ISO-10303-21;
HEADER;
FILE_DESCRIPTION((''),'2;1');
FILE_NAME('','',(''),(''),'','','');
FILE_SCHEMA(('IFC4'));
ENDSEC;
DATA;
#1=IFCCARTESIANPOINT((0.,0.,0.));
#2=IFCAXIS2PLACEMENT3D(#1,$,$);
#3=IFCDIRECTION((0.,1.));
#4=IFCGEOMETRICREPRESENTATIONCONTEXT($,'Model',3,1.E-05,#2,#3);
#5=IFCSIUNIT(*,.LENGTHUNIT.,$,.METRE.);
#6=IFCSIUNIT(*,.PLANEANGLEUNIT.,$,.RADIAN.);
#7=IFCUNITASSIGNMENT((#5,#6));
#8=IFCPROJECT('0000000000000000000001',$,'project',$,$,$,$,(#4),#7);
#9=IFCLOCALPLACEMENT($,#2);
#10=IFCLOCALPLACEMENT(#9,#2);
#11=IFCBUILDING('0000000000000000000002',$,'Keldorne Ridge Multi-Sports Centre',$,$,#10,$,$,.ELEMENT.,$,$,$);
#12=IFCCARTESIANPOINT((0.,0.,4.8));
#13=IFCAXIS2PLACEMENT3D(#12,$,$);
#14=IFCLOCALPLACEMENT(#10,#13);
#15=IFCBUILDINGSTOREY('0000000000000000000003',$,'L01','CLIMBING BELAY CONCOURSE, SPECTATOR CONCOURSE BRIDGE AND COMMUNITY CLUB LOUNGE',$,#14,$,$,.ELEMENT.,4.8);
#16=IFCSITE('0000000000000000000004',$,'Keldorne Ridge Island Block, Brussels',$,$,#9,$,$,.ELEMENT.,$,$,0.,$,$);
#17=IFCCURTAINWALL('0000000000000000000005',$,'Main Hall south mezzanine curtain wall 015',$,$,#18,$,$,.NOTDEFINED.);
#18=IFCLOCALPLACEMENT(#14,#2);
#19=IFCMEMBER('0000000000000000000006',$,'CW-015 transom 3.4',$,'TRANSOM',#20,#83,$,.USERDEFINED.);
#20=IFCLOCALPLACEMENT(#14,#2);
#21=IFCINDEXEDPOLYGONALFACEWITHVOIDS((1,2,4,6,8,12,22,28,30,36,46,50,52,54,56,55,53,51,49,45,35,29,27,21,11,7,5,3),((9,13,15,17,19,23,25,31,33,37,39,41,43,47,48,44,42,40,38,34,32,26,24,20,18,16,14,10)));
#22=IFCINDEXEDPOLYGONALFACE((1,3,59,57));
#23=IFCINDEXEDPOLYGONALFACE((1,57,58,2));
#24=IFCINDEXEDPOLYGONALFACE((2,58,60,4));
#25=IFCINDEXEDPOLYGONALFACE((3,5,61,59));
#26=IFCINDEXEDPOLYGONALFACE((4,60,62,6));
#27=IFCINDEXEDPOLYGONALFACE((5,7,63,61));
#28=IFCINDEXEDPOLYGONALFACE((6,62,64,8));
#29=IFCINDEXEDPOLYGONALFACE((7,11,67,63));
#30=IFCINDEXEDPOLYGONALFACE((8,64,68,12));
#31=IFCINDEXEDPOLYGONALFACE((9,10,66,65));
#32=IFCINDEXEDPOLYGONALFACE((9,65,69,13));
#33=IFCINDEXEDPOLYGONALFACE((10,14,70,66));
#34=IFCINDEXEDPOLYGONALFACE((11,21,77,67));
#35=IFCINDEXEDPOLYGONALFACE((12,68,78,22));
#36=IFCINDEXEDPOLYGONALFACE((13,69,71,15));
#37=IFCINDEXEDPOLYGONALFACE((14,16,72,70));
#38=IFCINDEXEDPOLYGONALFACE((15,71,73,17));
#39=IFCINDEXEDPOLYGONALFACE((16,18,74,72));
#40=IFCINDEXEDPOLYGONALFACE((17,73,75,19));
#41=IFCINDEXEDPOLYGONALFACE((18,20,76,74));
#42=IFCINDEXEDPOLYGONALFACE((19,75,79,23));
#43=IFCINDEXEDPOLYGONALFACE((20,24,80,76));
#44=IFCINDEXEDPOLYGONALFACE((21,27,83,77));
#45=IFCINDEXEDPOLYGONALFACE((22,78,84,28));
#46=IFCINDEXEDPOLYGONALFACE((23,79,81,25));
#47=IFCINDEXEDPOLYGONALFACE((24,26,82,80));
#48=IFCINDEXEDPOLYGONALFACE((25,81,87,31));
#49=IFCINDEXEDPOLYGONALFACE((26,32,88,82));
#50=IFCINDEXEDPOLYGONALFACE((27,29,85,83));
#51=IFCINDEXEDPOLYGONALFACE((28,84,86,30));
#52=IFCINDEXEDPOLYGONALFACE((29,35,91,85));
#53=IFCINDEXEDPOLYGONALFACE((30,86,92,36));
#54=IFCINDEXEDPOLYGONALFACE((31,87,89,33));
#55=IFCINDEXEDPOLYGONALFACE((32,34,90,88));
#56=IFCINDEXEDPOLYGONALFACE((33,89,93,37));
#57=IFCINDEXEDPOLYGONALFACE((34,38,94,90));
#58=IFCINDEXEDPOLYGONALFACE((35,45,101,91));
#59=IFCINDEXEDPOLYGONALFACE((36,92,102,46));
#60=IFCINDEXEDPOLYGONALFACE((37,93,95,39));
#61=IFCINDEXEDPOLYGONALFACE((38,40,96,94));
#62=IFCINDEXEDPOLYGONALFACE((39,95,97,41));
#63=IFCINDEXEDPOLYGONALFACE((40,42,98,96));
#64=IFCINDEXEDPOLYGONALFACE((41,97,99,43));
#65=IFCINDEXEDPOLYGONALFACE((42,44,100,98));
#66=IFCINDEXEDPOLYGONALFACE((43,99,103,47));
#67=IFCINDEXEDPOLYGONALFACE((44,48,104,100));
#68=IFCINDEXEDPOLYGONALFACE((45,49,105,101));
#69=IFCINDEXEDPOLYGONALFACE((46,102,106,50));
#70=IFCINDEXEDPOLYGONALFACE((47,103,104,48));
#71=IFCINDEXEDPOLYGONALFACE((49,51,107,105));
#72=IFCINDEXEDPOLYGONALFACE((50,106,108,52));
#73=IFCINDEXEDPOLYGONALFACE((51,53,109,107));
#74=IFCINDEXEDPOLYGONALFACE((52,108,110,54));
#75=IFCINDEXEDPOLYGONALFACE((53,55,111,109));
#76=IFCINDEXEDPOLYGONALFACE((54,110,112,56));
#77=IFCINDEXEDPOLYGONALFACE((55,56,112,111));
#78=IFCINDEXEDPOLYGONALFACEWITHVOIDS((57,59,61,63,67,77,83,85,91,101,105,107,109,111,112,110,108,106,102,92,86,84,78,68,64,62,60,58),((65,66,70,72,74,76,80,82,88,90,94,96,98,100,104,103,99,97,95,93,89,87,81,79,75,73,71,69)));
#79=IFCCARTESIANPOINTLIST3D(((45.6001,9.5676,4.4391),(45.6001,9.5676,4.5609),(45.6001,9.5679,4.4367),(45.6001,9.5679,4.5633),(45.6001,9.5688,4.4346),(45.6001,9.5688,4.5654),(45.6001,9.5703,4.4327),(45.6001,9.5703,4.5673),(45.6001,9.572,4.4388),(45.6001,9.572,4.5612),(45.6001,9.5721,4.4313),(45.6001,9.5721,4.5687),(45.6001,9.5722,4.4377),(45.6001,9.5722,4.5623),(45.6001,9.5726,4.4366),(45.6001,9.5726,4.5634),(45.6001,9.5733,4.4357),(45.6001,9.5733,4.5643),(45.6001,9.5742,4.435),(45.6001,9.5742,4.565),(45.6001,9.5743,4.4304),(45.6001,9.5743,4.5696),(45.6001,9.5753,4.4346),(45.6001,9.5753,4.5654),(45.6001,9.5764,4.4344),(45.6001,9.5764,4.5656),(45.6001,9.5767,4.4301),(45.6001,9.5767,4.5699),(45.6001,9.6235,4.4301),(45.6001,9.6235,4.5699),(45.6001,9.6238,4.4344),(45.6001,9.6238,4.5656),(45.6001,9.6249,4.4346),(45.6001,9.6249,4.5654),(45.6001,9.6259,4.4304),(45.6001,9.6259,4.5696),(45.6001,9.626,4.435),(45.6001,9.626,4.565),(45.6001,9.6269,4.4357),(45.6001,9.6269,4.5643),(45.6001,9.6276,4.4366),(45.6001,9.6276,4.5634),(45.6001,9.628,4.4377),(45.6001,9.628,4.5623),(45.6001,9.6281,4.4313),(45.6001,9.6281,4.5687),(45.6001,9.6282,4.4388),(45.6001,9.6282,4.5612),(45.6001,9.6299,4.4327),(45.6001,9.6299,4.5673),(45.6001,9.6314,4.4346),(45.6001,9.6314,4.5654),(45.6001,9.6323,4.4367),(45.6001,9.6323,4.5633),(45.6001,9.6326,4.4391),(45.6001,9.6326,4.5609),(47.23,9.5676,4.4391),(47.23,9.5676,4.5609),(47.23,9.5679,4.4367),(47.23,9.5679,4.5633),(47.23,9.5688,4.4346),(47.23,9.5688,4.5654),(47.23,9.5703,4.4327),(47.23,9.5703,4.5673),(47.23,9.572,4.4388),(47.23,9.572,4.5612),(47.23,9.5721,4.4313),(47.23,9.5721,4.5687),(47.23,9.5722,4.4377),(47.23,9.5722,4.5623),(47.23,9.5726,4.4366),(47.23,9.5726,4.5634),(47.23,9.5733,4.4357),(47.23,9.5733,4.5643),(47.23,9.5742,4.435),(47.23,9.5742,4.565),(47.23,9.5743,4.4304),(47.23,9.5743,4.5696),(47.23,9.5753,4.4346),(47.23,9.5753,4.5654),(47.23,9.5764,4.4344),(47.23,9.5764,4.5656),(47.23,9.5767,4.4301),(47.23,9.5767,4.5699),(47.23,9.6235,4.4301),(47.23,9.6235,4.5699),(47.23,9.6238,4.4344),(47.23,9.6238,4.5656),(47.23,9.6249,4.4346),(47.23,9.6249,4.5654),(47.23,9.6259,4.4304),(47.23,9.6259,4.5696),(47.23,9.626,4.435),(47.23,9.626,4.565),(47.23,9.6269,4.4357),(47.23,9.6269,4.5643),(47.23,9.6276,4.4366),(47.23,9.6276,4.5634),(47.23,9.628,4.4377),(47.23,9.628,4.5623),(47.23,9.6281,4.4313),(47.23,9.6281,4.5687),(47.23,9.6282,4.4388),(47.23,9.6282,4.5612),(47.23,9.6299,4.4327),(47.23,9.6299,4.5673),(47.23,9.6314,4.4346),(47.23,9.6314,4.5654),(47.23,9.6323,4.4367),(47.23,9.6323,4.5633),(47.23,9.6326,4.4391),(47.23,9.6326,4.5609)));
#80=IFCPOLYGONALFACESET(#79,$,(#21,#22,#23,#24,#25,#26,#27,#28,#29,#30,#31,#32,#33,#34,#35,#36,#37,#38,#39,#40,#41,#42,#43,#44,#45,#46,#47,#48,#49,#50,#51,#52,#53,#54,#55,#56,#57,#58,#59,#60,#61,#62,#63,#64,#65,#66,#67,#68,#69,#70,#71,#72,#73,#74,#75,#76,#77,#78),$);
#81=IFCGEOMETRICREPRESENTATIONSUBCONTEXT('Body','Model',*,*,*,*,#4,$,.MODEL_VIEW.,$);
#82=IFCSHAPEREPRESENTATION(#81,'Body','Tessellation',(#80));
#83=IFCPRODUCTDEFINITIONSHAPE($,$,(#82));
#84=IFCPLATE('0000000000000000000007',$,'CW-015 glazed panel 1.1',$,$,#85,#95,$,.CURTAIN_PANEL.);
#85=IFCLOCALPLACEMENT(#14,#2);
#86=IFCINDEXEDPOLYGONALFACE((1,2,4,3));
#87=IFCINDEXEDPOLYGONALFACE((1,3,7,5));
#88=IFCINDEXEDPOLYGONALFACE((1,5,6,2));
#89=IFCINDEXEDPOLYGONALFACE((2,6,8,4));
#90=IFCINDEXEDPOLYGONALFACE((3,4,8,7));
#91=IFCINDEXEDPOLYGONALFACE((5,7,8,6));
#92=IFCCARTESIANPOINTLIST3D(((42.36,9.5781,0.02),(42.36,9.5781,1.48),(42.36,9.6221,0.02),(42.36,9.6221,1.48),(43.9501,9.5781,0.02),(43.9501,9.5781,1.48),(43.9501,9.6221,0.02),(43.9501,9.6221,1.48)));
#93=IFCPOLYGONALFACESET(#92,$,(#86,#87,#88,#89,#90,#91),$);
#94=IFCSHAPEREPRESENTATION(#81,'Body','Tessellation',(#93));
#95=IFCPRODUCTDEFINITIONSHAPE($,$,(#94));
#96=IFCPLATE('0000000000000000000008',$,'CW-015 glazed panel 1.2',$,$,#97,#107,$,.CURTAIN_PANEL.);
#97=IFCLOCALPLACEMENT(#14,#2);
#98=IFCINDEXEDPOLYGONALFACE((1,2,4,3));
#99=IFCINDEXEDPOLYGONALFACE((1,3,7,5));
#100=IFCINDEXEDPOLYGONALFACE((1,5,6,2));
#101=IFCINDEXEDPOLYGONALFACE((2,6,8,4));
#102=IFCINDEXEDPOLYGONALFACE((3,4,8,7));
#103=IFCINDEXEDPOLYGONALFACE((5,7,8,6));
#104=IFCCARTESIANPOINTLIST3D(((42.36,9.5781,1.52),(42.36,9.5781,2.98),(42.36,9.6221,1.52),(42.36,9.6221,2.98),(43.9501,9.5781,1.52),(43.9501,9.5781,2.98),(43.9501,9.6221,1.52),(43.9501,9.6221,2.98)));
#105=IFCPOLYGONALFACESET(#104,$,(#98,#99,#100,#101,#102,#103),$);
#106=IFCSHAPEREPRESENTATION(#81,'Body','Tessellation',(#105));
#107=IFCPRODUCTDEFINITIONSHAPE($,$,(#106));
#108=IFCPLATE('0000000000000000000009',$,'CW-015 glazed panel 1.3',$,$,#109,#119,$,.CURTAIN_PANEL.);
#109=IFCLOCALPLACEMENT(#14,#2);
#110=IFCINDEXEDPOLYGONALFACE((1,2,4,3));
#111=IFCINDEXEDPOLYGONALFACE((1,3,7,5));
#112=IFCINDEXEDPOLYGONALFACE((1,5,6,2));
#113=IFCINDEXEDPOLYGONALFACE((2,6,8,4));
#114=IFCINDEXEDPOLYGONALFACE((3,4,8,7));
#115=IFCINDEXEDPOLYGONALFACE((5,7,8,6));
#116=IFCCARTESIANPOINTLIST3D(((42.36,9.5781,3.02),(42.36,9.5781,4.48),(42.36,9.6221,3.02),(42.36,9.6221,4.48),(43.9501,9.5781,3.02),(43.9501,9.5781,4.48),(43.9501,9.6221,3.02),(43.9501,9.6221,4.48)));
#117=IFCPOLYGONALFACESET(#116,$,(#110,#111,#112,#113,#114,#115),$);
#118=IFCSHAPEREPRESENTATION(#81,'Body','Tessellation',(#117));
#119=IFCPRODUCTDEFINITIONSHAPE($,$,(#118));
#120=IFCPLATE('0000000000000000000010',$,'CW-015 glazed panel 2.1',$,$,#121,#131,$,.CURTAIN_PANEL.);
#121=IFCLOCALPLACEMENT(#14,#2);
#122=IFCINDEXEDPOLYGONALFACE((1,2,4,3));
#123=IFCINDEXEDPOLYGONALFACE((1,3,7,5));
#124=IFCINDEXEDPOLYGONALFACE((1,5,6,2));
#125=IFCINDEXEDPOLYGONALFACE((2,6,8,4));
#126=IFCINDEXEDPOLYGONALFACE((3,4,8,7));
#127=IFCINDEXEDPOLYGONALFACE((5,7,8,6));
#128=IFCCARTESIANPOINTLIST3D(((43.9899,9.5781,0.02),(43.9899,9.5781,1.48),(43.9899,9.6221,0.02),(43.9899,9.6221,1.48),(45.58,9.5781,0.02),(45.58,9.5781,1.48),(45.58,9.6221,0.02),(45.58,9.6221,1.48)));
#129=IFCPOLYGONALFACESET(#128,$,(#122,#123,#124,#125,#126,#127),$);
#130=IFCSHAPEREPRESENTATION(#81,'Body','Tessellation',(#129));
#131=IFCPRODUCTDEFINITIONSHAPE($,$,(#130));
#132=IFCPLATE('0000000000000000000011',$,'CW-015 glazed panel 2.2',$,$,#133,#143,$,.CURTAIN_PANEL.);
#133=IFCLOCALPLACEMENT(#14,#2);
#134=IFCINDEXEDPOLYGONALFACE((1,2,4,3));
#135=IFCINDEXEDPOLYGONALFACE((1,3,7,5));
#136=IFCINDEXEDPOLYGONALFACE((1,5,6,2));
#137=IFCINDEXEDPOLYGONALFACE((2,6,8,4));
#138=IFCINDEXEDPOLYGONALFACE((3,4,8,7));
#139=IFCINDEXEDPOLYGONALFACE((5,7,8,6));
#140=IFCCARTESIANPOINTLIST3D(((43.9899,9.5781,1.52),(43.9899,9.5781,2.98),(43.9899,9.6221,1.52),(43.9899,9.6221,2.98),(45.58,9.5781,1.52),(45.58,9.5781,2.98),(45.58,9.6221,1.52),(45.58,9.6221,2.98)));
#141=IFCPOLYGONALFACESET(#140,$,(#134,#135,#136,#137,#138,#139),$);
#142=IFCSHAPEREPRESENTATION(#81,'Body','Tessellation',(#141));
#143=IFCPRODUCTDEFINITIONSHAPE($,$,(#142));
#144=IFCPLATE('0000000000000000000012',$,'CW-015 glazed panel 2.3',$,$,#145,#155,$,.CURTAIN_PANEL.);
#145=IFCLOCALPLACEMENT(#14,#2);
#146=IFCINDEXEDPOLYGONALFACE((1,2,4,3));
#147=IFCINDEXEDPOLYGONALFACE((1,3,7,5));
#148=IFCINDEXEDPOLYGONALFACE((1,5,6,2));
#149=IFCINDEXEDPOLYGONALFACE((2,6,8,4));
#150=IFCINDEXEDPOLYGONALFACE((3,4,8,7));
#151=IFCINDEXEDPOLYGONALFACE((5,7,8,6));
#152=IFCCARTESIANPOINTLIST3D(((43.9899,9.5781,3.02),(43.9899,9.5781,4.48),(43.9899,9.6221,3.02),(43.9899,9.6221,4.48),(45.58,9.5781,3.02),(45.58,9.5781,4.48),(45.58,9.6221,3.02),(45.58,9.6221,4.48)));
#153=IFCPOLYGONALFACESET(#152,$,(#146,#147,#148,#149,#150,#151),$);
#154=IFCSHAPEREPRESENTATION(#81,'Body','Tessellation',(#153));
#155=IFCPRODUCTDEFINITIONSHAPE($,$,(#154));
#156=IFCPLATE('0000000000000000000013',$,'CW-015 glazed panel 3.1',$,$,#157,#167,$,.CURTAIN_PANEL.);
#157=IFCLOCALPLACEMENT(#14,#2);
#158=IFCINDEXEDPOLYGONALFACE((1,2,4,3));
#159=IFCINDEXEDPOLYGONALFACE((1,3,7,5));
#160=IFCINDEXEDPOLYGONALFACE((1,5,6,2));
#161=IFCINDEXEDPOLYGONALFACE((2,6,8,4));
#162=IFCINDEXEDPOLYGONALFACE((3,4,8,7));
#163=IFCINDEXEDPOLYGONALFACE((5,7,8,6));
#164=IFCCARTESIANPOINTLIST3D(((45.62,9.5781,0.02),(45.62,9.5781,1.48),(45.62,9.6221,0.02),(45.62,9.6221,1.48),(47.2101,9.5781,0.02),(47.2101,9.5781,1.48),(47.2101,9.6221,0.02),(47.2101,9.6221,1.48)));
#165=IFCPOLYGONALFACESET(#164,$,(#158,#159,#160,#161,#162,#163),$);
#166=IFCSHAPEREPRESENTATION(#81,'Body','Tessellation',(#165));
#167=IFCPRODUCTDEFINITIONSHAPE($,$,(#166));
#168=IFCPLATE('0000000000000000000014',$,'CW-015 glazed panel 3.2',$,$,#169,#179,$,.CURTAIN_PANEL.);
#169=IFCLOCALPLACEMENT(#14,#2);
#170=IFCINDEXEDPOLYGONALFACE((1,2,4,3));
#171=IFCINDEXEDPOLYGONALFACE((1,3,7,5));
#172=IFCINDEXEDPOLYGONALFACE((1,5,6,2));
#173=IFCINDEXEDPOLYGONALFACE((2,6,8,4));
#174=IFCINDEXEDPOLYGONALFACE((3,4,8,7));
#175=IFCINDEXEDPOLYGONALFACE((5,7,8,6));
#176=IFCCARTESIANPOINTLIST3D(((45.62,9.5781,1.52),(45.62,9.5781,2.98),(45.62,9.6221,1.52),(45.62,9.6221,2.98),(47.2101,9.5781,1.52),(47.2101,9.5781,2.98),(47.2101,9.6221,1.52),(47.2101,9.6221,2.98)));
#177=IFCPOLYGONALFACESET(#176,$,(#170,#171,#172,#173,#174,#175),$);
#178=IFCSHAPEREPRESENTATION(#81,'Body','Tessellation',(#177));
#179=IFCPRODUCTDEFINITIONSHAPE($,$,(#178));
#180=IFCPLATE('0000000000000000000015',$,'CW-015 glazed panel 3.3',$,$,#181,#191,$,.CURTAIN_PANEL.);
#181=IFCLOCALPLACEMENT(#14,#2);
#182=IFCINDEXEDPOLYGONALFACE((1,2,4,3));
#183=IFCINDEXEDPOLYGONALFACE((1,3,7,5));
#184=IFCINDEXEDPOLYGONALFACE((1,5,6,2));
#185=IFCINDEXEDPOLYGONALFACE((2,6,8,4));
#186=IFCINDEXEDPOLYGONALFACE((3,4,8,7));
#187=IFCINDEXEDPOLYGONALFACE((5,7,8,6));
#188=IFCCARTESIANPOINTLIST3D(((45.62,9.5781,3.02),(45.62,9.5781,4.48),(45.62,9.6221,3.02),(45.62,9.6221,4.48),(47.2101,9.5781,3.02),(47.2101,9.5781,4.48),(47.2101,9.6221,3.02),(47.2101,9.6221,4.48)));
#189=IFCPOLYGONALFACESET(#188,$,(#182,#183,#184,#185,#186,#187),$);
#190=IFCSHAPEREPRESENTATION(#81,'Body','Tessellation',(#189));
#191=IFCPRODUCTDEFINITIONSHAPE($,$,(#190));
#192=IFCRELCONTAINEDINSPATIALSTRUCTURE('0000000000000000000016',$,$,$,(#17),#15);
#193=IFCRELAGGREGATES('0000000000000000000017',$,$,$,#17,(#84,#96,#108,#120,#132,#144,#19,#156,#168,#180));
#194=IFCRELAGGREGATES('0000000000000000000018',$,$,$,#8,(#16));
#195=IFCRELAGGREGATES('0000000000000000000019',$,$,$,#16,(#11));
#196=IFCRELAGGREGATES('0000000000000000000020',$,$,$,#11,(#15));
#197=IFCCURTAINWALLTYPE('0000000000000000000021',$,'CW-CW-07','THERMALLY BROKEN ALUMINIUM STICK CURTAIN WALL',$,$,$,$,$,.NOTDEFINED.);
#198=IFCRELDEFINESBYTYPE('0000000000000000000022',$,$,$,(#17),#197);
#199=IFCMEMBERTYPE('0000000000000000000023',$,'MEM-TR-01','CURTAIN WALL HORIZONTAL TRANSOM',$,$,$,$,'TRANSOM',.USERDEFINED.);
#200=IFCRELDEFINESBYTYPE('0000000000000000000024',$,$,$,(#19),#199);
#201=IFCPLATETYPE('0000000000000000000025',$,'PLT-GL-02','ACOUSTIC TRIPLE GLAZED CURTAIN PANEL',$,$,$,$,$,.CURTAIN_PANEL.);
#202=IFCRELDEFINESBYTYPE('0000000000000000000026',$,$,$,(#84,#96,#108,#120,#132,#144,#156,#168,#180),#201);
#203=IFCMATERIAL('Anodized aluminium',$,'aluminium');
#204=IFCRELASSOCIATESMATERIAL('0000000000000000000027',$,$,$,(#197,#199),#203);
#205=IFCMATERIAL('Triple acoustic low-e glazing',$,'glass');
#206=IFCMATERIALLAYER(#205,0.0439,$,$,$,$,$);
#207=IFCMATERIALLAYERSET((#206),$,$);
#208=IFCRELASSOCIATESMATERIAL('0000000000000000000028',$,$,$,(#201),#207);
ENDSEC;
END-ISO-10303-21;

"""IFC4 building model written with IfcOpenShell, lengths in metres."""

from ifc_helpers import new_model, si_unit, direction, frame, origin, origin_2d, place, context, subcontext, project, spatial, rectangle, hollow_rectangle, extrude, material, layer, layer_set, material_profile, profile_set, type_object, element, aggregate, save


model = new_model("IFC4")

# Units and contexts
model_context = context("Model", 3, precision=1e-05, world=origin(), true_north=direction((0.0, 1.0)))
body_context = subcontext(model_context, "Body", "Model", "MODEL_VIEW")
ifc_project = project(units=[si_unit("LENGTHUNIT", "METRE"), si_unit("PLANEANGLEUNIT", "RADIAN")], contexts=[model_context])

# Site, building, storey
site_placement = place(None, origin())
site = spatial("IfcSite", under=ifc_project, at=site_placement, Name="Keldorne Ridge Island Block, Brussels", CompositionType="ELEMENT", RefElevation=0.0)
building_placement = place(site_placement, origin())
building = spatial("IfcBuilding", under=site, at=building_placement, Name="Keldorne Ridge Multi-Sports Centre", CompositionType="ELEMENT")
storey_placement = place(building_placement, frame((0.0, 0.0, 4.8)))
storey = spatial("IfcBuildingStorey", under=building, at=storey_placement, Name="L01", Description="CLIMBING BELAY CONCOURSE, SPECTATOR CONCOURSE BRIDGE AND COMMUNITY CLUB LOUNGE", CompositionType="ELEMENT", Elevation=4.8)

# Curtain wall, member, plates
ifc_material_1 = material(Name="Anodized aluminium", Category="aluminium")
curtain_wall_type = type_object("IfcCurtainWallType", Name="CW-CW-07", Description="THERMALLY BROKEN ALUMINIUM STICK CURTAIN WALL", PredefinedType="NOTDEFINED", material=ifc_material_1)
curtain_wall_placement = place(storey_placement, origin())
curtain_wall = element("IfcCurtainWall", 1, at=curtain_wall_placement, inside=storey, type_object=curtain_wall_type, Name="Main Hall south mezzanine curtain wall 015", PredefinedType="NOTDEFINED")
ifc_material_profile_1 = material_profile(ifc_material_1, hollow_rectangle(XDim=0.0649, YDim=0.1399, WallThickness=0.0044, InnerFilletRadius=0.0044, OuterFilletRadius=0.009, at=origin_2d()), Name="ALU TRANSOM 140x65x4.5")
ifc_profile_set_1 = profile_set([ifc_material_profile_1], Name="Anodized aluminium")
member_type_1 = type_object("IfcMemberType", Name="MEM-TR-01", Description="CURTAIN WALL HORIZONTAL TRANSOM", ElementType="TRANSOM", PredefinedType="USERDEFINED", material=ifc_profile_set_1)
member_1_placement = place(storey_placement, frame((45.6001, 9.6001, 4.5), z_axis=(1.0, 0.0, 0.0), x_axis=(0.0, 1.0, 0.0)))
member_1 = element("IfcMember", 2, at=member_1_placement, type_object=member_type_1, Name="CW-015 transom 3.4", ObjectType="TRANSOM", PredefinedType="USERDEFINED", context=body_context, shape_type="SweptSolid", body=[
    extrude(hollow_rectangle(XDim=0.0649, YDim=0.1399, WallThickness=0.0044, InnerFilletRadius=0.0044, OuterFilletRadius=0.009, at=origin_2d()), origin(), (0.0, 0.0, 1.0), 1.6299),
])
ifc_material_2 = material(Name="Triple acoustic low-e glazing", Category="glass")
ifc_layer_1 = layer(ifc_material_2, 0.0439)
ifc_layer_set_1 = layer_set([ifc_layer_1])
plate_type_1 = type_object("IfcPlateType", Name="PLT-GL-02", Description="ACOUSTIC TRIPLE GLAZED CURTAIN PANEL", PredefinedType="CURTAIN_PANEL", material=ifc_layer_set_1)
plate_1_placement = place(storey_placement, frame((43.155, 9.6001, 0.02), z_axis=(0.0, 0.0, 1.0), x_axis=(1.0, 0.0, 0.0)))
plate_1 = element("IfcPlate", 3, at=plate_1_placement, type_object=plate_type_1, Name="CW-015 glazed panel 1.1", PredefinedType="CURTAIN_PANEL", context=body_context, shape_type="SweptSolid", body=[
    extrude(rectangle(XDim=1.5901, YDim=0.0439, at=origin_2d()), origin(), (0.0, 0.0, 1.0), 1.46),
])
plate_2_placement = place(storey_placement, frame((43.155, 9.6001, 1.52), z_axis=(0.0, 0.0, 1.0), x_axis=(1.0, 0.0, 0.0)))
plate_2 = element("IfcPlate", 4, at=plate_2_placement, type_object=plate_type_1, Name="CW-015 glazed panel 1.2", PredefinedType="CURTAIN_PANEL", context=body_context, shape_type="SweptSolid", body=[
    extrude(rectangle(XDim=1.5901, YDim=0.0439, at=origin_2d()), origin(), (0.0, 0.0, 1.0), 1.46),
])
plate_3_placement = place(storey_placement, frame((43.155, 9.6001, 3.02), z_axis=(0.0, 0.0, 1.0), x_axis=(1.0, 0.0, 0.0)))
plate_3 = element("IfcPlate", 5, at=plate_3_placement, type_object=plate_type_1, Name="CW-015 glazed panel 1.3", PredefinedType="CURTAIN_PANEL", context=body_context, shape_type="SweptSolid", body=[
    extrude(rectangle(XDim=1.5901, YDim=0.0439, at=origin_2d()), origin(), (0.0, 0.0, 1.0), 1.46),
])
plate_4_placement = place(storey_placement, frame((44.7849, 9.6001, 0.02), z_axis=(0.0, 0.0, 1.0), x_axis=(1.0, 0.0, 0.0)))
plate_4 = element("IfcPlate", 6, at=plate_4_placement, type_object=plate_type_1, Name="CW-015 glazed panel 2.1", PredefinedType="CURTAIN_PANEL", context=body_context, shape_type="SweptSolid", body=[
    extrude(rectangle(XDim=1.5901, YDim=0.0439, at=origin_2d()), origin(), (0.0, 0.0, 1.0), 1.46),
])
plate_5_placement = place(storey_placement, frame((44.7849, 9.6001, 1.52), z_axis=(0.0, 0.0, 1.0), x_axis=(1.0, 0.0, 0.0)))
plate_5 = element("IfcPlate", 7, at=plate_5_placement, type_object=plate_type_1, Name="CW-015 glazed panel 2.2", PredefinedType="CURTAIN_PANEL", context=body_context, shape_type="SweptSolid", body=[
    extrude(rectangle(XDim=1.5901, YDim=0.0439, at=origin_2d()), origin(), (0.0, 0.0, 1.0), 1.46),
])
plate_6_placement = place(storey_placement, frame((44.7849, 9.6001, 3.02), z_axis=(0.0, 0.0, 1.0), x_axis=(1.0, 0.0, 0.0)))
plate_6 = element("IfcPlate", 8, at=plate_6_placement, type_object=plate_type_1, Name="CW-015 glazed panel 2.3", PredefinedType="CURTAIN_PANEL", context=body_context, shape_type="SweptSolid", body=[
    extrude(rectangle(XDim=1.5901, YDim=0.0439, at=origin_2d()), origin(), (0.0, 0.0, 1.0), 1.46),
])
plate_7_placement = place(storey_placement, frame((46.415, 9.6001, 0.02), z_axis=(0.0, 0.0, 1.0), x_axis=(1.0, 0.0, 0.0)))
plate_7 = element("IfcPlate", 9, at=plate_7_placement, type_object=plate_type_1, Name="CW-015 glazed panel 3.1", PredefinedType="CURTAIN_PANEL", context=body_context, shape_type="SweptSolid", body=[
    extrude(rectangle(XDim=1.5901, YDim=0.0439, at=origin_2d()), origin(), (0.0, 0.0, 1.0), 1.46),
])
plate_8_placement = place(storey_placement, frame((46.415, 9.6001, 1.52), z_axis=(0.0, 0.0, 1.0), x_axis=(1.0, 0.0, 0.0)))
plate_8 = element("IfcPlate", 10, at=plate_8_placement, type_object=plate_type_1, Name="CW-015 glazed panel 3.2", PredefinedType="CURTAIN_PANEL", context=body_context, shape_type="SweptSolid", body=[
    extrude(rectangle(XDim=1.5901, YDim=0.0439, at=origin_2d()), origin(), (0.0, 0.0, 1.0), 1.46),
])
plate_9_placement = place(storey_placement, frame((46.415, 9.6001, 3.02), z_axis=(0.0, 0.0, 1.0), x_axis=(1.0, 0.0, 0.0)))
plate_9 = element("IfcPlate", 11, at=plate_9_placement, type_object=plate_type_1, Name="CW-015 glazed panel 3.3", PredefinedType="CURTAIN_PANEL", context=body_context, shape_type="SweptSolid", body=[
    extrude(rectangle(XDim=1.5901, YDim=0.0439, at=origin_2d()), origin(), (0.0, 0.0, 1.0), 1.46),
])
aggregate(curtain_wall, [plate_1, plate_2, plate_3, plate_4, plate_5, plate_6, member_1, plate_7, plate_8, plate_9])

save(model, "model.ifc")
